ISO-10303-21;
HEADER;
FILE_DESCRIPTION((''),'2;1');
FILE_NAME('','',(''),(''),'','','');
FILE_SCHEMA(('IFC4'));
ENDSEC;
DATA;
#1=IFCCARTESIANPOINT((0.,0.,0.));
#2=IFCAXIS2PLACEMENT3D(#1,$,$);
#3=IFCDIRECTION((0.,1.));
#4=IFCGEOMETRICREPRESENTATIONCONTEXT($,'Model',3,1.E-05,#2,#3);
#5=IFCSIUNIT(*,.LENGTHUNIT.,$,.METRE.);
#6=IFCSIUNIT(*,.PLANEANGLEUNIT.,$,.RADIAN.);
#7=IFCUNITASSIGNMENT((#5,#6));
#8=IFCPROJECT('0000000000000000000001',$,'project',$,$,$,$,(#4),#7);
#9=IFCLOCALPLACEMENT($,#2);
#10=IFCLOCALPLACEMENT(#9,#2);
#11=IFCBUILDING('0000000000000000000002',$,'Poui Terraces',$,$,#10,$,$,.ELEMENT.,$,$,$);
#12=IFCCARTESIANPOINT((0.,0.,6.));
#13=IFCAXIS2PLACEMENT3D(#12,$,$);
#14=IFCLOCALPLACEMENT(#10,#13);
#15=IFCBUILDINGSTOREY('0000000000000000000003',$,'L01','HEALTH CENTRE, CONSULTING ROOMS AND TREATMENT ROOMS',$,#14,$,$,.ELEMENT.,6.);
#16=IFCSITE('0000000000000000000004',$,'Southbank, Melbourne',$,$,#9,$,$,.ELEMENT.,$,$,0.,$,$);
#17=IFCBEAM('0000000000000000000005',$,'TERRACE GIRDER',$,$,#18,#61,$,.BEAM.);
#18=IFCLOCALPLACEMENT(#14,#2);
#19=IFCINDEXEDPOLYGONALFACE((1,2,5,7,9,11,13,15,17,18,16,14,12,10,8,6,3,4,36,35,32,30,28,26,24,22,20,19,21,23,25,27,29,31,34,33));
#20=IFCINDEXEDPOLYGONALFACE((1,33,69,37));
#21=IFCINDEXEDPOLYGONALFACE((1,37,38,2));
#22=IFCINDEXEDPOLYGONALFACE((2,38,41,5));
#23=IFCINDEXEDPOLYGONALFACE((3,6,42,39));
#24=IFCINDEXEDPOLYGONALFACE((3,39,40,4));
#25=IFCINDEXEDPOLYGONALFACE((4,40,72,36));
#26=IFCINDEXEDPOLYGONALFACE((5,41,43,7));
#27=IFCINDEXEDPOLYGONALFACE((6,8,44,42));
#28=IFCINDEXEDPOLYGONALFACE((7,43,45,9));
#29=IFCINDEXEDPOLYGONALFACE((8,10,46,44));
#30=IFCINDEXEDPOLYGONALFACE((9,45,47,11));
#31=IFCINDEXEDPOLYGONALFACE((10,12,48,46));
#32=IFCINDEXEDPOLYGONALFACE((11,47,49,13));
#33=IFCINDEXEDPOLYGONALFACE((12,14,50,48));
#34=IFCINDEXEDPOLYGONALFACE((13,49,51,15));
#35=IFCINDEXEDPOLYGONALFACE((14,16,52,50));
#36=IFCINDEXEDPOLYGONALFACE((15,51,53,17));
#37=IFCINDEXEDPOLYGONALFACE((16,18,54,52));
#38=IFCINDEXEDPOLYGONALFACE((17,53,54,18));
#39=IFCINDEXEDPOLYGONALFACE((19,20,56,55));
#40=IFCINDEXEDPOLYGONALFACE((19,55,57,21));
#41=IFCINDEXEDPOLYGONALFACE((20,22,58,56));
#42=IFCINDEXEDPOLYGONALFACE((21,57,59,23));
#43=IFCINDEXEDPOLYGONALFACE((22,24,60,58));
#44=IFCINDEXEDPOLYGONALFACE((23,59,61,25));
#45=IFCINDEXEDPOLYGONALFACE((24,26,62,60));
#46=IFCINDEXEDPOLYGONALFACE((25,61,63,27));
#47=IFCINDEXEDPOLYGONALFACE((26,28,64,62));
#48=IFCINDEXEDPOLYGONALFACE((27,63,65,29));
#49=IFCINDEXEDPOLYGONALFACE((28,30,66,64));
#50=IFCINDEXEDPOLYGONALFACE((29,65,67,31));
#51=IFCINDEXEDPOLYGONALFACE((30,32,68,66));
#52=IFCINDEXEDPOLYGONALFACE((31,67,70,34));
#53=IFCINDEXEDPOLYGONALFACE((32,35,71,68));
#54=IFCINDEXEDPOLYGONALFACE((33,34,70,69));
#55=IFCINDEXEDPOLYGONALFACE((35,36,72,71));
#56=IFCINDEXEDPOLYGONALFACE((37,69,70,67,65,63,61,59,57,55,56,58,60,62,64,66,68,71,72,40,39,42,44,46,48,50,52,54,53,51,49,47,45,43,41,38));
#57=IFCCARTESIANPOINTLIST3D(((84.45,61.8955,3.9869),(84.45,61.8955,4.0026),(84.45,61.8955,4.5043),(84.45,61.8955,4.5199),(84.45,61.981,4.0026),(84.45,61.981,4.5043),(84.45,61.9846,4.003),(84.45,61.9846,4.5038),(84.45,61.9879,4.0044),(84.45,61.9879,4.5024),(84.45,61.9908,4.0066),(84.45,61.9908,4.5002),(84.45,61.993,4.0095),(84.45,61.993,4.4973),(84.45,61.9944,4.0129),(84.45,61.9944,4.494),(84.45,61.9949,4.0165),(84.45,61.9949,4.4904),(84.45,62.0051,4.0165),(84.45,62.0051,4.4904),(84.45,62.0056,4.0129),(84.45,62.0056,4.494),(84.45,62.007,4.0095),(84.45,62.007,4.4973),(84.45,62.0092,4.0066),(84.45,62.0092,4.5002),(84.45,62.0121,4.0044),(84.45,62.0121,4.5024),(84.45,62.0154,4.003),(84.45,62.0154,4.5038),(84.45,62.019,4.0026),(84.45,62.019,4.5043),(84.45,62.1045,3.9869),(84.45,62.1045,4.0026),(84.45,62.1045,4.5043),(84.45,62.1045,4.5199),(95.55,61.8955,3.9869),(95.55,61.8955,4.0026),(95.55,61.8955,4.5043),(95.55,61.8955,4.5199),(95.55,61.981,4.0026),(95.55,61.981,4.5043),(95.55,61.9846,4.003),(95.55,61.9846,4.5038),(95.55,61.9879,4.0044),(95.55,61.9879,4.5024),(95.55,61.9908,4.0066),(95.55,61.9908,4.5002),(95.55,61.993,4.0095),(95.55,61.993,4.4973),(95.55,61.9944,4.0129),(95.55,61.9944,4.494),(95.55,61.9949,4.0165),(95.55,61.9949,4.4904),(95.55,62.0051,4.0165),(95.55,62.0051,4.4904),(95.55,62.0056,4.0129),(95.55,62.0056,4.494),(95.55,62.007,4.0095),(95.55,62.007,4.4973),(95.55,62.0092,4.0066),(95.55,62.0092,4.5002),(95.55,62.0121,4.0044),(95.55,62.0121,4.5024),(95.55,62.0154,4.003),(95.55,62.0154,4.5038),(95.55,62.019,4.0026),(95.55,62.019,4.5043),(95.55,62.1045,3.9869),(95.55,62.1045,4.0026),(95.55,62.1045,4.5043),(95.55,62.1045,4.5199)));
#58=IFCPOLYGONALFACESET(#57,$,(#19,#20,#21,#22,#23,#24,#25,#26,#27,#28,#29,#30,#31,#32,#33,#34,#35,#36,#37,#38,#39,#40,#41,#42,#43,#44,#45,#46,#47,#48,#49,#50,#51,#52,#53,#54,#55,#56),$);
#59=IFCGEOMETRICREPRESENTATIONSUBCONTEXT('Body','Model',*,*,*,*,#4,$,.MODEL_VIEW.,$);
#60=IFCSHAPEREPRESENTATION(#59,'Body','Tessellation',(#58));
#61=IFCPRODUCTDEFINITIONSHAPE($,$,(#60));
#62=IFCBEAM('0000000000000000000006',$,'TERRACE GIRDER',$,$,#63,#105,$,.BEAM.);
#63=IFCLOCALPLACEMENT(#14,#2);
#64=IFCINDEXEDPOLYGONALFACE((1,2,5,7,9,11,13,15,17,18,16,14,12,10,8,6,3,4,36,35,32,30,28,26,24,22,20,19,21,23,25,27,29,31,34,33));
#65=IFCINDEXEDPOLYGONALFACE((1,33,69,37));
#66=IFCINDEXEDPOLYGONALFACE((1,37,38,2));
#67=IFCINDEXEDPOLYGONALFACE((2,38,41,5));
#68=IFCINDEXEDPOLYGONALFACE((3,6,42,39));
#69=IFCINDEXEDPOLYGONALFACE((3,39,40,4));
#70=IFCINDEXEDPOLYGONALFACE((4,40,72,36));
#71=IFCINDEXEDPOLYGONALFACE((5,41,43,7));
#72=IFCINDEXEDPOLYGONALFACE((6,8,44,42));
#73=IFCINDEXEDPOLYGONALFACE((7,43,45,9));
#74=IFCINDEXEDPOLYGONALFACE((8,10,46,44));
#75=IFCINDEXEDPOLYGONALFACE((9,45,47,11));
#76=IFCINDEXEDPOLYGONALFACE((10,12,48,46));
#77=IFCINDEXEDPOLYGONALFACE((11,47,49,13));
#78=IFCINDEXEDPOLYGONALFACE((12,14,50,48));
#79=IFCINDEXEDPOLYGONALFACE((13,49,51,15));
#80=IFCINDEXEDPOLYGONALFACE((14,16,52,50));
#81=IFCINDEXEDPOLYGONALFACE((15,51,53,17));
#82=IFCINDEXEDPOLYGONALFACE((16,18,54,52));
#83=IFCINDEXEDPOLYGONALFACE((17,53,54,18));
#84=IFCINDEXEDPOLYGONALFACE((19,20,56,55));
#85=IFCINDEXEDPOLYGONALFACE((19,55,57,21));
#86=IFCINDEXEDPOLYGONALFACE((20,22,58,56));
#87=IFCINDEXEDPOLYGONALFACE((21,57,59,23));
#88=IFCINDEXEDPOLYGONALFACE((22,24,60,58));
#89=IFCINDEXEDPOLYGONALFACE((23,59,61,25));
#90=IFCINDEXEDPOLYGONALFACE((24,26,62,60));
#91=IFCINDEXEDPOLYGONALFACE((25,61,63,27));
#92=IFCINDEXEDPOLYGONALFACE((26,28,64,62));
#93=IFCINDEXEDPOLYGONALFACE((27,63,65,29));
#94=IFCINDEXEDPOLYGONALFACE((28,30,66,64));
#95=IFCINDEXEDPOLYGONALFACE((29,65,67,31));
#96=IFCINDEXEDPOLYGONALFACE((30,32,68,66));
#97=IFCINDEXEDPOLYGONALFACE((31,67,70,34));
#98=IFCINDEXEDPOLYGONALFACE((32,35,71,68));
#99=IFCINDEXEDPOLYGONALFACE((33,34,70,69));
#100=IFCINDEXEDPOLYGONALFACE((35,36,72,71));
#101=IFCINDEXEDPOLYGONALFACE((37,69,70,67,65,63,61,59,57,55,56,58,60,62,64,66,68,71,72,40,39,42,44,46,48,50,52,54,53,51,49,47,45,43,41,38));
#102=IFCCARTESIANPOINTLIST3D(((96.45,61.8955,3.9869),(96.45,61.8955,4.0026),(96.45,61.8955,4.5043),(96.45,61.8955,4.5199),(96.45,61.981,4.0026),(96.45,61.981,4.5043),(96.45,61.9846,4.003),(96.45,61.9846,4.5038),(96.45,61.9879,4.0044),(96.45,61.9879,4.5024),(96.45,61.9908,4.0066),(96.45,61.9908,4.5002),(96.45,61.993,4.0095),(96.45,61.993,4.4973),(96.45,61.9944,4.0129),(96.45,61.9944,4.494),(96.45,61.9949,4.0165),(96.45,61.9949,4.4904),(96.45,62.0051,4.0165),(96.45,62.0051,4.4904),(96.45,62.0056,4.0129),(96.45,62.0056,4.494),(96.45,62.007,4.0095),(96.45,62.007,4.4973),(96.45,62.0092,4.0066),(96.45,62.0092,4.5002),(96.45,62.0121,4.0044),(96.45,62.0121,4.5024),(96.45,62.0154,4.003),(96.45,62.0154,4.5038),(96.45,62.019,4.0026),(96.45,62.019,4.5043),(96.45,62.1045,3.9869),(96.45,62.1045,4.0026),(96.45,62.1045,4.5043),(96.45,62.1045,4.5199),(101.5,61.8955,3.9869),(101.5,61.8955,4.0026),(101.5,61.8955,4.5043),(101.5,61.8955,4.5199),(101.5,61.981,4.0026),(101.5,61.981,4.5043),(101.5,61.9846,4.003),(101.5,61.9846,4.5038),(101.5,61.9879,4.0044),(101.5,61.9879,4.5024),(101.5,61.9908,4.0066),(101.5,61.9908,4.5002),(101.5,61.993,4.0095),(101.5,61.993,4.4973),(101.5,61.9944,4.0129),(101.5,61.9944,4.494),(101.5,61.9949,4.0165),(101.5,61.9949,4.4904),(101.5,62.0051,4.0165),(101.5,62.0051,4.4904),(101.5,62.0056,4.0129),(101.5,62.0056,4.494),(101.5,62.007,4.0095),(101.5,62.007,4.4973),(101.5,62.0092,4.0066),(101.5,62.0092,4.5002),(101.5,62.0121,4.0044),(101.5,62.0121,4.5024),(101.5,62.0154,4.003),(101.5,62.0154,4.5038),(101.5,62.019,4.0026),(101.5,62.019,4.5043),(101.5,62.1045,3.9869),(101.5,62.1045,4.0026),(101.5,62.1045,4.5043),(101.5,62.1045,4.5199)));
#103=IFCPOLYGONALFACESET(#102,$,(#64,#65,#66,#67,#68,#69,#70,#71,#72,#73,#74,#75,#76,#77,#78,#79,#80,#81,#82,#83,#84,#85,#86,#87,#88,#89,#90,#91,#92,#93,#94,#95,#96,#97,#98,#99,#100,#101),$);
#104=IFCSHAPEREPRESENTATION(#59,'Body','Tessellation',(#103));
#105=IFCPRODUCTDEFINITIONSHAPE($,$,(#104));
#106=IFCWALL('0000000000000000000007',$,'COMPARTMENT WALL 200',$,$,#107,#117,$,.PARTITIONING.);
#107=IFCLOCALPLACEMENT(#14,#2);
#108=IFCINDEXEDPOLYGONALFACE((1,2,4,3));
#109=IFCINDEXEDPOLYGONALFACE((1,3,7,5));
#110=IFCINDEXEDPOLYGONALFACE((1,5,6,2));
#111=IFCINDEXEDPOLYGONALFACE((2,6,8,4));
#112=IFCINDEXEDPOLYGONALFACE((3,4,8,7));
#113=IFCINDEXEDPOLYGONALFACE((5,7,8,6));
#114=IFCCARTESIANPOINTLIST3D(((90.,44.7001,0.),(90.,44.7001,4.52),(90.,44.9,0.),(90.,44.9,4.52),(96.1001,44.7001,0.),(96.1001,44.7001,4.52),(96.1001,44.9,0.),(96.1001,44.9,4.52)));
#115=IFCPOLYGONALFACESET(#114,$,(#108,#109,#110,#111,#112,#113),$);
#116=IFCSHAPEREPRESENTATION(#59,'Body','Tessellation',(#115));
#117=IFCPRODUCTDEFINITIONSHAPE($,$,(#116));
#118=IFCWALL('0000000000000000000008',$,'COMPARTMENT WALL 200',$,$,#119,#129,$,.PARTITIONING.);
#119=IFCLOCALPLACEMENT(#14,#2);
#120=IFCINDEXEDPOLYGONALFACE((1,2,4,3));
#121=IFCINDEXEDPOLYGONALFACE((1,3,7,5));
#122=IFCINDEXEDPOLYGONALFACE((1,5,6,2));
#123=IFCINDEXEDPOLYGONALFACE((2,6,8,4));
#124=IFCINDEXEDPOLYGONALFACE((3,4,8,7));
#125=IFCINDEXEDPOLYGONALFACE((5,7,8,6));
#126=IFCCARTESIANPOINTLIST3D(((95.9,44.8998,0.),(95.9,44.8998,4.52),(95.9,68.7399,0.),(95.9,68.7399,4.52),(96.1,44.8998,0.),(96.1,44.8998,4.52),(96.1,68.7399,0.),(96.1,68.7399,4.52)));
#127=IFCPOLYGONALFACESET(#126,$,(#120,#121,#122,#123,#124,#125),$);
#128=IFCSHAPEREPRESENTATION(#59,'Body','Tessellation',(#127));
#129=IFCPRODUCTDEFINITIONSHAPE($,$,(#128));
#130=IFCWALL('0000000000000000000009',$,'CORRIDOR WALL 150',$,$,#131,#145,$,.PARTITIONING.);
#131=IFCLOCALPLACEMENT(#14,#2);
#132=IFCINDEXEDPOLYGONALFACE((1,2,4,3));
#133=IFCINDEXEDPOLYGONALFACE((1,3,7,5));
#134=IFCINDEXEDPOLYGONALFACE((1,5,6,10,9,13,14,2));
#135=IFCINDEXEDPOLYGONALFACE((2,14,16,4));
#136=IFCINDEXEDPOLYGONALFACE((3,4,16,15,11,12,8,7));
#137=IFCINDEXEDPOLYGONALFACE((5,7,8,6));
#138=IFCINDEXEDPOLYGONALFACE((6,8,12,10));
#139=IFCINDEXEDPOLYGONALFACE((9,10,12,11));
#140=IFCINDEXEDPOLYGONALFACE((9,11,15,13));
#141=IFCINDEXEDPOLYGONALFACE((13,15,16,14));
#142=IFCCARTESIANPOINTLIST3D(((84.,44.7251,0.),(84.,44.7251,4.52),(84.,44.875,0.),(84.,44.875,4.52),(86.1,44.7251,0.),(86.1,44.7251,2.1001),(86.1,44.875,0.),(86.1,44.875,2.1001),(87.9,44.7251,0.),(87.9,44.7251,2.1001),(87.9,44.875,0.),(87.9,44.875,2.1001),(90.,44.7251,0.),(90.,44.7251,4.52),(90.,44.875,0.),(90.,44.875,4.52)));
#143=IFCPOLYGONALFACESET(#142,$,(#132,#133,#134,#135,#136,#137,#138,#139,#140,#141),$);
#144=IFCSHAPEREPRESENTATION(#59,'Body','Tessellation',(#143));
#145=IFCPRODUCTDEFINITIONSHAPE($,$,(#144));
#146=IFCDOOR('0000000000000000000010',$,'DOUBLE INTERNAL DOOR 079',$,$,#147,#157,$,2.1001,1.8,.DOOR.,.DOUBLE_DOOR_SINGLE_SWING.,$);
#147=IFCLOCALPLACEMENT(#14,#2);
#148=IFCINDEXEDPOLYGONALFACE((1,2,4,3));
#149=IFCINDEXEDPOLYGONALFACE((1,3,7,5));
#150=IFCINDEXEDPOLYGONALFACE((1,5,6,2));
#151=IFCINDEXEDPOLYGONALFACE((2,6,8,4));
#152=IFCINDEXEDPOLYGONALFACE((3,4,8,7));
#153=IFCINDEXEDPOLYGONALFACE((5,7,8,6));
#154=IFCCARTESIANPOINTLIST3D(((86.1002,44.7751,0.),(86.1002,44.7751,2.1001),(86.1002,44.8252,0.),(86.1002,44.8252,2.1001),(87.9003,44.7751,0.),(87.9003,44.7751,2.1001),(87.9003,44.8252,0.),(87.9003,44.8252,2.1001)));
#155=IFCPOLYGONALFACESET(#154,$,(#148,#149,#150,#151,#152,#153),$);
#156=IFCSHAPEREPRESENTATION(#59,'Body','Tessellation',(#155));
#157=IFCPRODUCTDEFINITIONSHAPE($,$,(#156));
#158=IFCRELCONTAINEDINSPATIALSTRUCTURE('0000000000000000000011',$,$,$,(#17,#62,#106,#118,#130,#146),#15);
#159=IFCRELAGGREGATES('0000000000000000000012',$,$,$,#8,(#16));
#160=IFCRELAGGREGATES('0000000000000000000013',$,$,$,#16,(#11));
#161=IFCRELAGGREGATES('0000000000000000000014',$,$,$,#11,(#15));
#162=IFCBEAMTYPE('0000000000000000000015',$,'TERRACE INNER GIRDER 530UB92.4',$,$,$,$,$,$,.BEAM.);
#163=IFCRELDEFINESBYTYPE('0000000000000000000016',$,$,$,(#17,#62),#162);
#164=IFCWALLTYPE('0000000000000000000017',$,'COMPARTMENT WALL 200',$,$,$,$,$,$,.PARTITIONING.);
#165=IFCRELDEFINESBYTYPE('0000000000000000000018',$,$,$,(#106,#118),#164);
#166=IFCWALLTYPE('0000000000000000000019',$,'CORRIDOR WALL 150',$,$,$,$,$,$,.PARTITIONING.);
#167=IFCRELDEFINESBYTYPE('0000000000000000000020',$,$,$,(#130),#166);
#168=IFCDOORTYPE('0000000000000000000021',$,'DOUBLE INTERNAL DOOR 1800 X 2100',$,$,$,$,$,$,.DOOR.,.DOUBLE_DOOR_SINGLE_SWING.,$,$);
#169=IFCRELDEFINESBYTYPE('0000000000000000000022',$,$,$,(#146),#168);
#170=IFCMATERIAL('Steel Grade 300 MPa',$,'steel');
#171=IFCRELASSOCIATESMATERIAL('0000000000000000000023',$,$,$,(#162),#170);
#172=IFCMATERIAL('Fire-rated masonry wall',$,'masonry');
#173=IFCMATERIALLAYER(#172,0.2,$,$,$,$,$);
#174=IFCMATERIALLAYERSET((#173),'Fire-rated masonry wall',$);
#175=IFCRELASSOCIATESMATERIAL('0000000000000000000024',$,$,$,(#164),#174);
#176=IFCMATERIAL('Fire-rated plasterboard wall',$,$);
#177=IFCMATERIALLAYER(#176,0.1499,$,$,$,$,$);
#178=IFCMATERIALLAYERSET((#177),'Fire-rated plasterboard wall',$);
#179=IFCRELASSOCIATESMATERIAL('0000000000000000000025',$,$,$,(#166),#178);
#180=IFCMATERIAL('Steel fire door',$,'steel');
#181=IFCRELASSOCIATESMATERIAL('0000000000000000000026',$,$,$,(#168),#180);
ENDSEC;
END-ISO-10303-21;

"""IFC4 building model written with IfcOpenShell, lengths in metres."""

from ifc_helpers import new_model, si_unit, direction, frame, frame_2d, origin, origin_2d, place, context, subcontext, project, spatial, rectangle, i_section, extrude, source, transform, mapped, material, layer, layer_set, material_profile, profile_set, type_object, element, fill, save


model = new_model("IFC4")

# Units and contexts
model_context = context("Model", 3, precision=1e-05, world=origin(), true_north=direction((0.0, 1.0)))
body_context = subcontext(model_context, "Body", "Model", "MODEL_VIEW")
ifc_project = project(units=[si_unit("LENGTHUNIT", "METRE"), si_unit("PLANEANGLEUNIT", "RADIAN")], contexts=[model_context])

# Site, building, storey
site_placement = place(None, origin())
site = spatial("IfcSite", under=ifc_project, at=site_placement, Name="Southbank, Melbourne", CompositionType="ELEMENT", RefElevation=0.0)
building_placement = place(site_placement, origin())
building = spatial("IfcBuilding", under=site, at=building_placement, Name="Poui Terraces", CompositionType="ELEMENT")
storey_placement = place(building_placement, frame((0.0, 0.0, 6.0)))
storey = spatial("IfcBuildingStorey", under=building, at=storey_placement, Name="L01", Description="HEALTH CENTRE, CONSULTING ROOMS AND TREATMENT ROOMS", CompositionType="ELEMENT", Elevation=6.0)

# Beams
ifc_material_1 = material(Name="Steel Grade 300 MPa", Category="steel")
ifc_material_profile_1 = material_profile(ifc_material_1, i_section(OverallWidth=0.209, OverallDepth=0.533, WebThickness=0.0103, FlangeThickness=0.0156, FilletRadius=0.0139, at=origin_2d()), Name="530UB92.4")
ifc_profile_set_1 = profile_set([ifc_material_profile_1], Name="Steel Grade 300 MPa")
beam_type = type_object("IfcBeamType", Name="TERRACE INNER GIRDER 530UB92.4", PredefinedType="BEAM", material=ifc_profile_set_1)
shared_shape_1 = source(origin(), body_context, "Body", "SweptSolid", [
    extrude(i_section(OverallWidth=0.209, OverallDepth=0.533, WebThickness=0.0103, FlangeThickness=0.0156, FilletRadius=0.0139, at=origin_2d()), origin(), (0.0, 0.0, 1.0), 11.1001),
])
beam_1_placement = place(storey_placement, frame((84.45, 62.0, 4.2534), z_axis=(1.0, 0.0, 0.0), x_axis=(0.0, 1.0, 0.0)))
element("IfcBeam", 1, at=beam_1_placement, inside=storey, type_object=beam_type, Name="TERRACE GIRDER", PredefinedType="BEAM", context=body_context, shape_type="MappedRepresentation", body=[
    mapped(shared_shape_1, transform((0.0, 0.0, 0.0))),
])
shared_shape_2 = source(origin(), body_context, "Body", "SweptSolid", [
    extrude(i_section(OverallWidth=0.209, OverallDepth=0.533, WebThickness=0.0103, FlangeThickness=0.0156, FilletRadius=0.0139, at=origin_2d()), origin(), (0.0, 0.0, 1.0), 5.05),
])
beam_2_placement = place(storey_placement, frame((96.45, 62.0, 4.2534), z_axis=(1.0, 0.0, 0.0), x_axis=(0.0, 1.0, 0.0)))
element("IfcBeam", 2, at=beam_2_placement, inside=storey, type_object=beam_type, Name="TERRACE GIRDER", PredefinedType="BEAM", context=body_context, shape_type="MappedRepresentation", body=[
    mapped(shared_shape_2, transform((0.0, 0.0, 0.0))),
])

# Walls
ifc_material_2 = material(Name="Fire-rated masonry wall", Category="masonry")
ifc_layer_1 = layer(ifc_material_2, 0.2)
ifc_layer_set_1 = layer_set([ifc_layer_1], Name="Fire-rated masonry wall")
wall_type_1 = type_object("IfcWallType", Name="COMPARTMENT WALL 200", PredefinedType="PARTITIONING", material=ifc_layer_set_1)
wall_1_placement = place(storey_placement, frame((90.0, 44.8, 0.0), z_axis=(0.0, 0.0, 1.0), x_axis=(1.0, 0.0, 0.0)))
element("IfcWall", 3, at=wall_1_placement, inside=storey, type_object=wall_type_1, Name="COMPARTMENT WALL 200", PredefinedType="PARTITIONING", context=body_context, shape_type="SweptSolid", body=[
    extrude(rectangle(XDim=6.1001, YDim=0.2, at=frame_2d((3.05, 0.0))), origin(), (0.0, 0.0, 1.0), 4.52),
])
wall_2_placement = place(storey_placement, frame((96.0, 44.8999, 0.0), z_axis=(0.0, 0.0, 1.0), x_axis=(0.0, 1.0, 0.0)))
element("IfcWall", 4, at=wall_2_placement, inside=storey, type_object=wall_type_1, Name="COMPARTMENT WALL 200", PredefinedType="PARTITIONING", context=body_context, shape_type="SweptSolid", body=[
    extrude(rectangle(XDim=23.8401, YDim=0.2, at=frame_2d((11.9199, 0.0))), origin(), (0.0, 0.0, 1.0), 4.52),
])

# Wall, opening, door
ifc_material_3 = material(Name="Fire-rated plasterboard wall")
ifc_layer_2 = layer(ifc_material_3, 0.1499)
ifc_layer_set_2 = layer_set([ifc_layer_2], Name="Fire-rated plasterboard wall")
wall_type_2 = type_object("IfcWallType", Name="CORRIDOR WALL 150", PredefinedType="PARTITIONING", material=ifc_layer_set_2)
wall_3_placement = place(storey_placement, frame((84.0, 44.8, 0.0), z_axis=(0.0, 0.0, 1.0), x_axis=(1.0, 0.0, 0.0)))
wall_3 = element("IfcWall", 5, at=wall_3_placement, inside=storey, type_object=wall_type_2, Name="CORRIDOR WALL 150", PredefinedType="PARTITIONING", context=body_context, shape_type="SweptSolid", body=[
    extrude(rectangle(XDim=6.0, YDim=0.1499, at=frame_2d((3.0, 0.0))), origin(), (0.0, 0.0, 1.0), 4.52),
])
opening_1_placement = place(wall_3_placement, frame((2.1001, 0.0, 0.0)))
opening_1 = element("IfcOpeningElement", 6, at=opening_1_placement, cuts=wall_3, PredefinedType="OPENING", context=body_context, shape_type="SweptSolid", body=[
    extrude(rectangle(XDim=1.8, YDim=2.1001, at=frame_2d((0.8999, 1.05))), frame((0.0, 0.085, 0.0), z_axis=(0.0, -1.0, 0.0), x_axis=(1.0, 0.0, 0.0)), (0.0, 0.0, 1.0), 0.1699),
])
ifc_material_4 = material(Name="Steel fire door", Category="steel")
door_type_1 = type_object("IfcDoorType", Name="DOUBLE INTERNAL DOOR 1800 X 2100", OperationType="DOUBLE_DOOR_SINGLE_SWING", PredefinedType="DOOR", material=ifc_material_4)
door_1_placement = place(opening_1_placement, frame((1.8, 0.0, 0.0), z_axis=(0.0, 0.0, 1.0), x_axis=(-1.0, 0.0, 0.0)))
door_1 = element("IfcDoor", 7, at=door_1_placement, inside=storey, type_object=door_type_1, Name="DOUBLE INTERNAL DOOR 079", OperationType="DOUBLE_DOOR_SINGLE_SWING", OverallHeight=2.1001, OverallWidth=1.8, PredefinedType="DOOR", context=body_context, shape_type="SweptSolid", body=[
    extrude(rectangle(XDim=1.8, YDim=2.1001, at=frame_2d((0.8999, 1.05))), frame((0.0, 0.0249, 0.0), z_axis=(0.0, -1.0, 0.0), x_axis=(1.0, 0.0, 0.0)), (0.0, 0.0, 1.0), 0.05),
])
fill(opening_1, door_1)

save(model, "model.ifc")
